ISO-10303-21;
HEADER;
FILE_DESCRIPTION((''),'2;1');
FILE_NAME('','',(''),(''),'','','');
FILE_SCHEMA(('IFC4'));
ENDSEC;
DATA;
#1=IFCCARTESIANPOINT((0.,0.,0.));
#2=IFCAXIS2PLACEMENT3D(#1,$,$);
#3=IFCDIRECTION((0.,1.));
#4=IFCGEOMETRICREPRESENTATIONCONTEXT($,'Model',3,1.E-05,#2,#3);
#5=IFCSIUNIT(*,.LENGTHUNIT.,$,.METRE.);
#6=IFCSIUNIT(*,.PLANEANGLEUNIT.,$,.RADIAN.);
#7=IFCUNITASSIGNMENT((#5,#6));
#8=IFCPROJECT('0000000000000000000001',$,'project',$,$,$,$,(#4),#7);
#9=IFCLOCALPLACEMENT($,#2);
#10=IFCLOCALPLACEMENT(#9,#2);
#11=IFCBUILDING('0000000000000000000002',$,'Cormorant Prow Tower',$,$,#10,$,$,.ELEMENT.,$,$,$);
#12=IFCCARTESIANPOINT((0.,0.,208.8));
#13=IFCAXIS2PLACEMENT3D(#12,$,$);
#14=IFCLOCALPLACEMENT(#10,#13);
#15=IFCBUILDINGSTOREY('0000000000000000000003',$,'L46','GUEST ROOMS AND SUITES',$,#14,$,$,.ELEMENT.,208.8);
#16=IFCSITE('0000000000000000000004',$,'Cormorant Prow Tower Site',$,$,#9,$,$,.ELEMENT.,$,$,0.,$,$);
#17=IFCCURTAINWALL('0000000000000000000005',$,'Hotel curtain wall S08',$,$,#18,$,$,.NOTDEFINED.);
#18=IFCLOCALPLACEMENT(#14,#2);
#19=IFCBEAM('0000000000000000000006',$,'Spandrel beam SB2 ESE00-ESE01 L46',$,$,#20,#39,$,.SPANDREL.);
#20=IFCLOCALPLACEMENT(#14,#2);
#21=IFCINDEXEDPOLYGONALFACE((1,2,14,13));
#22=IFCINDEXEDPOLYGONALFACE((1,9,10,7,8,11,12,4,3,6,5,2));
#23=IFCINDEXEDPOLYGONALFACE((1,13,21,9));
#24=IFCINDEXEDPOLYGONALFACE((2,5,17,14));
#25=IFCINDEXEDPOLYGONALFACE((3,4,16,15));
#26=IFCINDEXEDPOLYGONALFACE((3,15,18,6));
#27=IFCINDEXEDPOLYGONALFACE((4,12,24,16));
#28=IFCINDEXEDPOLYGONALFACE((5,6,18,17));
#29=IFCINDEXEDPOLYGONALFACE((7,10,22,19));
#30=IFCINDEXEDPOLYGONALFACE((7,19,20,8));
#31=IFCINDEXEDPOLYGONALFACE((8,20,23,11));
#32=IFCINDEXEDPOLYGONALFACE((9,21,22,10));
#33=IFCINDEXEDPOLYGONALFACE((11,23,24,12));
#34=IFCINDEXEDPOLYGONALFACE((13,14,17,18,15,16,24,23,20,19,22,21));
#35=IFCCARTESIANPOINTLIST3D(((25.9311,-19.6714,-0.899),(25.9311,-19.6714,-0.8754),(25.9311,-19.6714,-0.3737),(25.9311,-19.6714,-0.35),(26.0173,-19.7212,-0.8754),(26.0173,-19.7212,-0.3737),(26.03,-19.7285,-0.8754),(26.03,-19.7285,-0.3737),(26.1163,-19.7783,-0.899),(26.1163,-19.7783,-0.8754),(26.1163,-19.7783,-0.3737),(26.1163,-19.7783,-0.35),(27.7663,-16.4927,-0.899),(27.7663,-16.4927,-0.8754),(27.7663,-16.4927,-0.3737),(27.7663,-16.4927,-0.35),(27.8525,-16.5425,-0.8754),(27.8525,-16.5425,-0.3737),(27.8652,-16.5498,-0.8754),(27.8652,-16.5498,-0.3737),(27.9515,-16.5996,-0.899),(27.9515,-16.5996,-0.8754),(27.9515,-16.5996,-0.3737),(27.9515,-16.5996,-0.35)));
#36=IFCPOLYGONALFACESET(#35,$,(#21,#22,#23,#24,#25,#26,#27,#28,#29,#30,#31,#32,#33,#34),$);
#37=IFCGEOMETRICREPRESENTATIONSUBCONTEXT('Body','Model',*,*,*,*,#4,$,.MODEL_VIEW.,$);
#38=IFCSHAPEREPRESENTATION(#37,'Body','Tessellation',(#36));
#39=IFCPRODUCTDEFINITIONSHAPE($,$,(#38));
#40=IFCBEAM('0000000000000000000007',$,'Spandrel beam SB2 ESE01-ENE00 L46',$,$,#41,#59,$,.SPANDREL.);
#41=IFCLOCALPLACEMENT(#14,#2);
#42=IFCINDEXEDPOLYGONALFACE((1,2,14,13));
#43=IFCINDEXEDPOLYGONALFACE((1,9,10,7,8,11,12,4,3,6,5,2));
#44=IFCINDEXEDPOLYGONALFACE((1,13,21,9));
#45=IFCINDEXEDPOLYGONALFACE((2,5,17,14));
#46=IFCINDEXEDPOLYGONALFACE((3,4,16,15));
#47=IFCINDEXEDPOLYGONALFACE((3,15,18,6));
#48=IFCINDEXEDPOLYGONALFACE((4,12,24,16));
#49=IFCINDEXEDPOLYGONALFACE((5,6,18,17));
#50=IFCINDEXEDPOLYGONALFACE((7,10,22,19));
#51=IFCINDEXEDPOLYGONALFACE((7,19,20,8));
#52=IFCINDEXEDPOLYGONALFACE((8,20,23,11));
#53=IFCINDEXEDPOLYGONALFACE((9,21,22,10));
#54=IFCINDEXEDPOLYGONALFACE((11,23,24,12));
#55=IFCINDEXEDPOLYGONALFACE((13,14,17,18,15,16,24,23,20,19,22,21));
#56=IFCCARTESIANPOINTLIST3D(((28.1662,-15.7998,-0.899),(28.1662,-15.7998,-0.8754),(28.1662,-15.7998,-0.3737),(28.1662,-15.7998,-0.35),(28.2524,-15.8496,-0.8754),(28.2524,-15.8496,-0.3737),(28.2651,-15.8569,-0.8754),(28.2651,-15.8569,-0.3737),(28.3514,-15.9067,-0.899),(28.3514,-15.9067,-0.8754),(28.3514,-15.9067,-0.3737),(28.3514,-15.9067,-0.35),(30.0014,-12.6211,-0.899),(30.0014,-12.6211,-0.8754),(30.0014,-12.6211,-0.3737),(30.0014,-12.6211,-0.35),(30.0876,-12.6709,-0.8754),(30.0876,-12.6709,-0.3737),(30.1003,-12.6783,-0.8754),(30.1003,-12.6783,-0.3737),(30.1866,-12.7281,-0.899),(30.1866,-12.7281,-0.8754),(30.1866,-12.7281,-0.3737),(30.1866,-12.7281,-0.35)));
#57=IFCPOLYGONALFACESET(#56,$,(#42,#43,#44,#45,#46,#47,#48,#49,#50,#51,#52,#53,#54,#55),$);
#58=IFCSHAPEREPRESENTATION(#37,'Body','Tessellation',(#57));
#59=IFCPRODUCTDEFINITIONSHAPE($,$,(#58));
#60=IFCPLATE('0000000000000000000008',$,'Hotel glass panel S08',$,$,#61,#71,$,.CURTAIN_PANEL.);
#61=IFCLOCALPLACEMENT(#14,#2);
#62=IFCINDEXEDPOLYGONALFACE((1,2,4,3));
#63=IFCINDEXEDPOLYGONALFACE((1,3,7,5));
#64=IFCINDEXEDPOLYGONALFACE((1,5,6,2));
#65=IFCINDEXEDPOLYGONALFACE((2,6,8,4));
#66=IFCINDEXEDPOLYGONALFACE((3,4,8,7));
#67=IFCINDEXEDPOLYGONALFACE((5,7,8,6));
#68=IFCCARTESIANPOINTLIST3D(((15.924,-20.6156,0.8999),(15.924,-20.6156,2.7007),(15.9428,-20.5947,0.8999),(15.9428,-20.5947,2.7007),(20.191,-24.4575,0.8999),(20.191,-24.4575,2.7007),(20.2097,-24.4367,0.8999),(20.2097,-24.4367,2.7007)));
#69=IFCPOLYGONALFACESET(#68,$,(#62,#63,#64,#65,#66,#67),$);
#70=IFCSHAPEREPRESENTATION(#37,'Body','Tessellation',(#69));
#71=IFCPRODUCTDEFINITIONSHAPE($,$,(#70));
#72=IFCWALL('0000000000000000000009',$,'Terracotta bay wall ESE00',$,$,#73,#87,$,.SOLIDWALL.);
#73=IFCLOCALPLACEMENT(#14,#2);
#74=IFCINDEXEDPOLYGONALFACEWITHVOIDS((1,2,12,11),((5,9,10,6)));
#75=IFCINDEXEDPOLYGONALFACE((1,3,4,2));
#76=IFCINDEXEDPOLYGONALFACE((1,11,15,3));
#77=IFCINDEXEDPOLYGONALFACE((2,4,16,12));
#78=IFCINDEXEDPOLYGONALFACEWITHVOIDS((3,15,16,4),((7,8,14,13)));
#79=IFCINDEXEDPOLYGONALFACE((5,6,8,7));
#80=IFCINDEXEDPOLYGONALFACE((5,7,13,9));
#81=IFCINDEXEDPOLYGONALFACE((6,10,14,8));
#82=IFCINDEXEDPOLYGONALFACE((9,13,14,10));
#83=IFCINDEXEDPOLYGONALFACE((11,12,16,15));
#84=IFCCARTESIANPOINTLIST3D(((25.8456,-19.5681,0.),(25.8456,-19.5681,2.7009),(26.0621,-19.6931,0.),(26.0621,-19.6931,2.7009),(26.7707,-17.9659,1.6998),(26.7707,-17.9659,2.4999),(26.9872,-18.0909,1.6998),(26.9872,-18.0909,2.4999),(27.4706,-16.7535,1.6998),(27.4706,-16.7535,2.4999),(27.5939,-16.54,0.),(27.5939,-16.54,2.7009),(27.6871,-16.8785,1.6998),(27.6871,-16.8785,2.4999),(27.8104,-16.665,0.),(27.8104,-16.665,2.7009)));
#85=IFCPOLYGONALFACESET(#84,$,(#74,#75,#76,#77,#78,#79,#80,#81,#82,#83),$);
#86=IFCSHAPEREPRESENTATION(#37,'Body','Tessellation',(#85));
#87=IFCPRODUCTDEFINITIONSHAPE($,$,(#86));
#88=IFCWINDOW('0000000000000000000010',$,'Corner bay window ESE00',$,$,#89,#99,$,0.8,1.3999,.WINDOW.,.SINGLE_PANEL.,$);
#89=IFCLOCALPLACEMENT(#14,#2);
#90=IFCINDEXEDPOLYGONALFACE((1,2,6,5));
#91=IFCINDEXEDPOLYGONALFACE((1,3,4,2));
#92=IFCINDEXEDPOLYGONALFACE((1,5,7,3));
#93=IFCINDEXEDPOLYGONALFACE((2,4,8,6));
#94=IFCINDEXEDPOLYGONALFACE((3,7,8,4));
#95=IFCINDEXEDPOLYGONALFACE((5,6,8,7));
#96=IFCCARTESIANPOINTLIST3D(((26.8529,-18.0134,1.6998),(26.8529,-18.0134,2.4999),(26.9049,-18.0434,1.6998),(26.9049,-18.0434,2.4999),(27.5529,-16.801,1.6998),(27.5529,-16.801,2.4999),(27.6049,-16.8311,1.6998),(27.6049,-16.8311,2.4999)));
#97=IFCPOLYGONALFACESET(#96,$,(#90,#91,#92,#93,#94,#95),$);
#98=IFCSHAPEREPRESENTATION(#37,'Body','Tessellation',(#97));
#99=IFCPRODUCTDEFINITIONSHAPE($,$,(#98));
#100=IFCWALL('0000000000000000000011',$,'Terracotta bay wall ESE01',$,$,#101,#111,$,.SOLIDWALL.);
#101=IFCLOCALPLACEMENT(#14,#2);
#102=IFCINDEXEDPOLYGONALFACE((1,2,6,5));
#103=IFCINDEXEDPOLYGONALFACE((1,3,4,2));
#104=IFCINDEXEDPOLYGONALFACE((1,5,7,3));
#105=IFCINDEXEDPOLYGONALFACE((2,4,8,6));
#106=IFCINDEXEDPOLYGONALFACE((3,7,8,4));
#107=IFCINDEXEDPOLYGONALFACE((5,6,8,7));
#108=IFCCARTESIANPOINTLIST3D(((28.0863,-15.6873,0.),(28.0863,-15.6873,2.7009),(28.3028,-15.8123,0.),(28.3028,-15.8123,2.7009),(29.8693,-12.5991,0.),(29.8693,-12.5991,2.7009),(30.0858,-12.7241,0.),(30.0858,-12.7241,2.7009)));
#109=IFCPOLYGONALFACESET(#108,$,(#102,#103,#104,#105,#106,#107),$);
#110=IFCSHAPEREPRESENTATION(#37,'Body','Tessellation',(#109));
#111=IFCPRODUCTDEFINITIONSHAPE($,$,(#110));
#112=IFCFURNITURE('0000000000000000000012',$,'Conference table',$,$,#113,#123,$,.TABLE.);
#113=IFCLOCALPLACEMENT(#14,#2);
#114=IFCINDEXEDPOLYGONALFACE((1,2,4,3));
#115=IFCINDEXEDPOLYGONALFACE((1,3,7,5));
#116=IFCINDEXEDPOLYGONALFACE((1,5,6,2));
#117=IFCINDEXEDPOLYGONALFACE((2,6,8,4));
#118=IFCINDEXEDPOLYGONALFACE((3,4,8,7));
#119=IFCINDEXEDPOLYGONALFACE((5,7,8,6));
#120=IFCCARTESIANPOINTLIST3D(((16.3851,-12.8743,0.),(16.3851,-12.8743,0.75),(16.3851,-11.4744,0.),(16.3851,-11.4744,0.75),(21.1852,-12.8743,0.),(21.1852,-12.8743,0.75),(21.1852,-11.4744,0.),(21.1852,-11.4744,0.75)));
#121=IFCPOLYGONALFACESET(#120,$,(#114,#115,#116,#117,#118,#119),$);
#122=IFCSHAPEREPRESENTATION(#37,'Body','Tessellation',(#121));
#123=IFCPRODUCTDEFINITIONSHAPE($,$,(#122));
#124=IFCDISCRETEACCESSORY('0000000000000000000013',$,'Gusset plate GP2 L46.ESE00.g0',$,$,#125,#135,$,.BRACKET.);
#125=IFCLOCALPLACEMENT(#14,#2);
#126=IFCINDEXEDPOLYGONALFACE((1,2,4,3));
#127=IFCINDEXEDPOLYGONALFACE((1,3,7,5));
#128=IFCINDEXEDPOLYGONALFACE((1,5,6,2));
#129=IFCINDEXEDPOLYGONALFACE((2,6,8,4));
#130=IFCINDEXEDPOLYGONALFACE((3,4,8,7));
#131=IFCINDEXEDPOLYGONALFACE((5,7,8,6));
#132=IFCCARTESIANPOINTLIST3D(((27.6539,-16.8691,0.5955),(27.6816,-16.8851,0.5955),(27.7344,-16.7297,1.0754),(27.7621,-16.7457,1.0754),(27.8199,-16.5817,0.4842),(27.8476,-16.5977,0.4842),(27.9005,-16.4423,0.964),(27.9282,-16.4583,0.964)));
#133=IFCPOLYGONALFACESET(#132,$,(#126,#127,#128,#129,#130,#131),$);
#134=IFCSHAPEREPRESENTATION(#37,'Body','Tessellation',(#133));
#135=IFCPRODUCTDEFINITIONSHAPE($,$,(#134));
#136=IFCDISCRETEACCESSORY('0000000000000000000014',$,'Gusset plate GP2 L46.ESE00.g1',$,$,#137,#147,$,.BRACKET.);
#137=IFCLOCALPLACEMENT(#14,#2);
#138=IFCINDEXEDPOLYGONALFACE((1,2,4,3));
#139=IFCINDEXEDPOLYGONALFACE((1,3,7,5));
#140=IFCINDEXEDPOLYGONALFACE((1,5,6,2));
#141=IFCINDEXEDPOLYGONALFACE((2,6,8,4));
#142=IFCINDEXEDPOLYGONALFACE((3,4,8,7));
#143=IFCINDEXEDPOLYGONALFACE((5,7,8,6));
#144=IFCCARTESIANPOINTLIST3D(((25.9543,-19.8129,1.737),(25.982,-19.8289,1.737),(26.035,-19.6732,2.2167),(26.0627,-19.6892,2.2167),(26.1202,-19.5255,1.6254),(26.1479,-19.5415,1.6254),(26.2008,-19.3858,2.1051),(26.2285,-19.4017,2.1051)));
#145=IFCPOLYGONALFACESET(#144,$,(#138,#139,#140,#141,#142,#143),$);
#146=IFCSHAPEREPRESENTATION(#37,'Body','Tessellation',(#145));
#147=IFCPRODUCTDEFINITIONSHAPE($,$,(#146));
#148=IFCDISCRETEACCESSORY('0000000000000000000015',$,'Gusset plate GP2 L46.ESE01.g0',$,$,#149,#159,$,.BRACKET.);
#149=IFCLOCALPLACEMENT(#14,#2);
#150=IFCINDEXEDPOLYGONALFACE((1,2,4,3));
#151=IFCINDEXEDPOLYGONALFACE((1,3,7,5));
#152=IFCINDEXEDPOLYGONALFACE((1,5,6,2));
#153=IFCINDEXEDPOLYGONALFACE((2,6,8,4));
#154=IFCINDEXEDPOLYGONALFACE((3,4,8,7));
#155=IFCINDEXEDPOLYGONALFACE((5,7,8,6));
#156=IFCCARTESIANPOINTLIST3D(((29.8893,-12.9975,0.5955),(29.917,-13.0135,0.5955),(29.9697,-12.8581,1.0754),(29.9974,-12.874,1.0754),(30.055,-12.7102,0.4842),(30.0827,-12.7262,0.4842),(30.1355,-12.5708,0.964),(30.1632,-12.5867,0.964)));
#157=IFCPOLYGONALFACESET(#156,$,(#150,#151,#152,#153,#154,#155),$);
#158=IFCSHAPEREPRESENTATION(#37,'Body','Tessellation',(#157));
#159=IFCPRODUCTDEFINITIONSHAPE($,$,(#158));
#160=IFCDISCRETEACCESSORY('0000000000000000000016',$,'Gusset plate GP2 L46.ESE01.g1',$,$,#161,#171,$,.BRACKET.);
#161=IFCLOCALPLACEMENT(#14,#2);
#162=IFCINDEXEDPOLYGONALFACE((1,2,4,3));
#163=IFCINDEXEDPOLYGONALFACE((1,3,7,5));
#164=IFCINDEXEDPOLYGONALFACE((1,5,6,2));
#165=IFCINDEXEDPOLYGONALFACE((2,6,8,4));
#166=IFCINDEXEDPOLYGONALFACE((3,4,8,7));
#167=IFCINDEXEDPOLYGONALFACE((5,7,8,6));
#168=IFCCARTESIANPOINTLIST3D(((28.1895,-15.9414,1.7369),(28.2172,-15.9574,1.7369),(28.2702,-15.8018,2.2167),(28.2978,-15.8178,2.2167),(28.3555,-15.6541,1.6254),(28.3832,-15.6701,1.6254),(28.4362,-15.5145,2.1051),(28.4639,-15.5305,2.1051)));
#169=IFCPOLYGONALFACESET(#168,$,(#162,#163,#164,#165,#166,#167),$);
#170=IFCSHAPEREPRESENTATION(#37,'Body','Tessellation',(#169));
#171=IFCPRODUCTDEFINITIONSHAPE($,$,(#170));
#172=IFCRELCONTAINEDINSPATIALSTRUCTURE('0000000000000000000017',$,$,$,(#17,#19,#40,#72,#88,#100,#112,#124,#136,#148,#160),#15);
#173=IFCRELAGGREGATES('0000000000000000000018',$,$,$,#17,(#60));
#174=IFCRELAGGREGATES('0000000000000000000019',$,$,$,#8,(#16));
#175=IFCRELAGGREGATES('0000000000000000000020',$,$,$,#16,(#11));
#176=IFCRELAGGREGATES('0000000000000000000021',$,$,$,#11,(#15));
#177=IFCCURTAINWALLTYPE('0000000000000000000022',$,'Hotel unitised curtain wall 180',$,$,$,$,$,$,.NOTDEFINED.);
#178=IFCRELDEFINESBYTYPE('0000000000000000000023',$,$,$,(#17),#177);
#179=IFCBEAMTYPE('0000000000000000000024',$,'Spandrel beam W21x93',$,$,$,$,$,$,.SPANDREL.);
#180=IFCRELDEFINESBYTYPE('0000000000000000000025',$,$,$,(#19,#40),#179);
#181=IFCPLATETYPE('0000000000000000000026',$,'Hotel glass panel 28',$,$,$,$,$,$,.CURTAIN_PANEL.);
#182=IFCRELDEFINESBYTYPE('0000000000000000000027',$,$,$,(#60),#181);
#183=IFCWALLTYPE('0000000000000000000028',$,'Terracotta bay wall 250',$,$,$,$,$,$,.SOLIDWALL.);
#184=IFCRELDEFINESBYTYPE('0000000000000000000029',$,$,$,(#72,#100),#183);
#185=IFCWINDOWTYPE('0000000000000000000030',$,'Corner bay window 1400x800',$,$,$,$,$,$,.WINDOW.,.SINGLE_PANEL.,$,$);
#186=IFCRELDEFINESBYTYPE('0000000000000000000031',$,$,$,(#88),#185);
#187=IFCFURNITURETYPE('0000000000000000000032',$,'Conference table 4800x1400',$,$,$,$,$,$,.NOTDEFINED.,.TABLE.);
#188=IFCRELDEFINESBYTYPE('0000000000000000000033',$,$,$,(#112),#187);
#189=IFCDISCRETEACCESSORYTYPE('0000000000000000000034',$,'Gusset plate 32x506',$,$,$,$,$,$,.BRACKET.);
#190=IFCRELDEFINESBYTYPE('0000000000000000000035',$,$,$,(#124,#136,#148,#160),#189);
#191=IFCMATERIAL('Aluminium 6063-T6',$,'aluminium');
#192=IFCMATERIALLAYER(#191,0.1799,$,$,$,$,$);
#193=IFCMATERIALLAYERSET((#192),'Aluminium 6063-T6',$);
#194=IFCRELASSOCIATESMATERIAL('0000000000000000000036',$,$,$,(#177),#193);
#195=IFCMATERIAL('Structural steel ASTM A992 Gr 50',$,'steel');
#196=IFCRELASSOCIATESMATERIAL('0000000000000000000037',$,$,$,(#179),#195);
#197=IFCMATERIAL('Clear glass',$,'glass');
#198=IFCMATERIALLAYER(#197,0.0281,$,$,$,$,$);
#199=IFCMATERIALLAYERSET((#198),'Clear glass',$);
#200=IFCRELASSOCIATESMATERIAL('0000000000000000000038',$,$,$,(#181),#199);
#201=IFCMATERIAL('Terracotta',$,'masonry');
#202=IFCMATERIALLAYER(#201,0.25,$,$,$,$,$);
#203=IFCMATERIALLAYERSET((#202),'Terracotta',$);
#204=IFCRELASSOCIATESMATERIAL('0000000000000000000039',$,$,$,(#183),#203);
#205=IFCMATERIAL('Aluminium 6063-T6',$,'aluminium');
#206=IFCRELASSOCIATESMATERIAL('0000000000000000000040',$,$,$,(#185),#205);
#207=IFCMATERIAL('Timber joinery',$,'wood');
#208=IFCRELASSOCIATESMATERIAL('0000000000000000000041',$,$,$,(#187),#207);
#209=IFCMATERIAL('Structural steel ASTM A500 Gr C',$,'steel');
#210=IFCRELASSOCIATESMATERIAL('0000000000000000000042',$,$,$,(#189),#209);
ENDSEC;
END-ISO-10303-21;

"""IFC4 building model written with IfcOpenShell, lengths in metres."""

from ifc_helpers import new_model, si_unit, direction, frame, frame_2d, origin, origin_2d, place, context, subcontext, project, spatial, rectangle, i_section, extrude, material, layer, layer_set, material_profile, profile_set, type_object, element, fill, aggregate, save


model = new_model("IFC4")

# Units and contexts
model_context = context("Model", 3, precision=1e-05, world=origin(), true_north=direction((0.0, 1.0)))
body_context = subcontext(model_context, "Body", "Model", "MODEL_VIEW")
ifc_project = project(units=[si_unit("LENGTHUNIT", "METRE"), si_unit("PLANEANGLEUNIT", "RADIAN")], contexts=[model_context])

# Site, building, storey
site_placement = place(None, origin())
site = spatial("IfcSite", under=ifc_project, at=site_placement, Name="Cormorant Prow Tower Site", CompositionType="ELEMENT", RefElevation=0.0)
building_placement = place(site_placement, origin())
building = spatial("IfcBuilding", under=site, at=building_placement, Name="Cormorant Prow Tower", CompositionType="ELEMENT")
storey_placement = place(building_placement, frame((0.0, 0.0, 208.8)))
storey = spatial("IfcBuildingStorey", under=building, at=storey_placement, Name="L46", Description="GUEST ROOMS AND SUITES", CompositionType="ELEMENT", Elevation=208.8)

# Curtain wall
ifc_material_1 = material(Name="Aluminium 6063-T6", Category="aluminium")
ifc_layer_1 = layer(ifc_material_1, 0.1799)
ifc_layer_set_1 = layer_set([ifc_layer_1], Name="Aluminium 6063-T6")
curtain_wall_type = type_object("IfcCurtainWallType", Name="Hotel unitised curtain wall 180", PredefinedType="NOTDEFINED", material=ifc_layer_set_1)
curtain_wall_placement = place(storey_placement, origin())
curtain_wall = element("IfcCurtainWall", 1, at=curtain_wall_placement, inside=storey, type_object=curtain_wall_type, Name="Hotel curtain wall S08", PredefinedType="NOTDEFINED")

# Beams
ifc_material_2 = material(Name="Structural steel ASTM A992 Gr 50", Category="steel")
ifc_material_profile_1 = material_profile(ifc_material_2, i_section(OverallWidth=0.2139, OverallDepth=0.5491, WebThickness=0.0146, FlangeThickness=0.0237, at=origin_2d()), Name="W21x93")
ifc_profile_set_1 = profile_set([ifc_material_profile_1], Name="Structural steel ASTM A992 Gr 50")
beam_type = type_object("IfcBeamType", Name="Spandrel beam W21x93", PredefinedType="SPANDREL", material=ifc_profile_set_1)
for number, where, z_axis, x_axis, name in (
    (2, (26.0237, -19.7249, -0.6245), (0.499995, 0.866028, 0.0), (-0.866028, 0.499995, 0.0), "Spandrel beam SB2 ESE00-ESE01 L46"),
    (3, (28.2588, -15.8533, -0.6245), (0.499995, 0.866028, 0.0), (-0.866028, 0.499995, 0.0), "Spandrel beam SB2 ESE01-ENE00 L46"),
):
    element("IfcBeam", number, at=place(storey_placement, frame(where, z_axis=z_axis, x_axis=x_axis)), inside=storey, type_object=beam_type, Name=name, PredefinedType="SPANDREL", context=body_context, shape_type="SweptSolid", body=[
        extrude(i_section(OverallWidth=0.2139, OverallDepth=0.5491, WebThickness=0.0146, FlangeThickness=0.0237, at=origin_2d()), origin(), (0.0, 0.0, 1.0), 3.6704),
    ])

# Plate
ifc_material_3 = material(Name="Clear glass", Category="glass")
ifc_layer_2 = layer(ifc_material_3, 0.0281)
ifc_layer_set_2 = layer_set([ifc_layer_2], Name="Clear glass")
plate_type = type_object("IfcPlateType", Name="Hotel glass panel 28", PredefinedType="CURTAIN_PANEL", material=ifc_layer_set_2)
plate_placement = place(storey_placement, frame((18.0669, -22.5261, 0.8999), z_axis=(0.0, 0.0, 1.0), x_axis=(0.743145, -0.669131, 0.0)))
plate = element("IfcPlate", 4, at=plate_placement, type_object=plate_type, Name="Hotel glass panel S08", PredefinedType="CURTAIN_PANEL", context=body_context, shape_type="SweptSolid", body=[
    extrude(rectangle(XDim=5.7417, YDim=0.0281, at=origin_2d()), origin(), (0.0, 0.0, 1.0), 1.8008),
])
aggregate(curtain_wall, [plate])

# Wall, opening, window
ifc_material_4 = material(Name="Terracotta", Category="masonry")
ifc_layer_3 = layer(ifc_material_4, 0.25)
ifc_layer_set_3 = layer_set([ifc_layer_3], Name="Terracotta")
wall_type_1 = type_object("IfcWallType", Name="Terracotta bay wall 250", PredefinedType="SOLIDWALL", material=ifc_layer_set_3)
wall_1_placement = place(storey_placement, frame((25.9539, -19.6306, 0.0), z_axis=(0.0, 0.0, 1.0), x_axis=(0.500007, 0.866022, 0.0)))
wall_1 = element("IfcWall", 5, at=wall_1_placement, inside=storey, type_object=wall_type_1, Name="Terracotta bay wall ESE00", PredefinedType="SOLIDWALL", context=body_context, shape_type="SweptSolid", body=[
    extrude(rectangle(XDim=3.4966, YDim=0.25, at=frame_2d((1.7483, 0.0))), origin(), (0.0, 0.0, 1.0), 2.7009),
])
opening_1_placement = place(wall_1_placement, frame((1.8501, 0.0, 1.7)))
opening_1 = element("IfcOpeningElement", 6, at=opening_1_placement, cuts=wall_1, PredefinedType="OPENING", context=body_context, shape_type="SweptSolid", body=[
    extrude(rectangle(XDim=1.3999, YDim=0.8, at=frame_2d((0.7, 0.3999))), frame((0.0, 0.135, 0.0), z_axis=(0.0, -1.0, 0.0), x_axis=(1.0, 0.0, 0.0)), (0.0, 0.0, 1.0), 0.27),
])
ifc_material_5 = material(Name="Aluminium 6063-T6", Category="aluminium")
window_type = type_object("IfcWindowType", Name="Corner bay window 1400x800", PartitioningType="SINGLE_PANEL", PredefinedType="WINDOW", material=ifc_material_5)
window_placement = place(opening_1_placement, origin())
window = element("IfcWindow", 7, at=window_placement, inside=storey, type_object=window_type, Name="Corner bay window ESE00", OverallHeight=0.8, OverallWidth=1.3999, PartitioningType="SINGLE_PANEL", PredefinedType="WINDOW", context=body_context, shape_type="SweptSolid", body=[
    extrude(rectangle(XDim=1.3999, YDim=0.8, at=frame_2d((0.7, 0.3999))), frame((0.0, 0.03, 0.0), z_axis=(0.0, -1.0, 0.0), x_axis=(1.0, 0.0, 0.0)), (0.0, 0.0, 1.0), 0.0601),
])
fill(opening_1, window)

# Wall
wall_2_placement = place(storey_placement, frame((28.1946, -15.7498, 0.0), z_axis=(0.0, 0.0, 1.0), x_axis=(0.500005, 0.866023, 0.0)))
element("IfcWall", 8, at=wall_2_placement, inside=storey, type_object=wall_type_1, Name="Terracotta bay wall ESE01", PredefinedType="SOLIDWALL", context=body_context, shape_type="SweptSolid", body=[
    extrude(rectangle(XDim=3.5659, YDim=0.25, at=frame_2d((1.783, 0.0))), origin(), (0.0, 0.0, 1.0), 2.7009),
])

# Furniture
ifc_material_6 = material(Name="Timber joinery", Category="wood")
furniture_type = type_object("IfcFurnitureType", Name="Conference table 4800x1400", AssemblyPlace="NOTDEFINED", PredefinedType="TABLE", material=ifc_material_6)
furniture_placement = place(storey_placement, frame((18.7852, -12.1743, 0.0), z_axis=(0.0, 0.0, 1.0), x_axis=(1.0, 0.0, 0.0)))
element("IfcFurniture", 9, at=furniture_placement, inside=storey, type_object=furniture_type, Name="Conference table", PredefinedType="TABLE", context=body_context, shape_type="SweptSolid", body=[
    extrude(rectangle(XDim=4.8, YDim=1.3999, at=origin_2d()), origin(), (0.0, 0.0, 1.0), 0.75),
])

# Discrete accessories
ifc_material_7 = material(Name="Structural steel ASTM A500 Gr C", Category="steel")
ifc_material_profile_2 = material_profile(ifc_material_7, rectangle(XDim=0.032, YDim=0.5061, at=origin_2d()), Name="Gusset plate 32x506")
ifc_profile_set_2 = profile_set([ifc_material_profile_2], Name="Structural steel ASTM A500 Gr C")
discrete_accessory_type = type_object("IfcDiscreteAccessoryType", Name="Gusset plate 32x506", PredefinedType="BRACKET", material=ifc_profile_set_2)
for number, where, z_axis, x_axis, name in (
    (10, (27.708, -16.8074, 0.8354), (0.474278, 0.820919, -0.318045), (-0.865879, 0.500253, 0.0), "Gusset plate GP2 L46.ESE00.g0"),
    (11, (26.1743, -19.4636, 1.8652), (-0.473632, -0.821008, 0.318777), (0.866198, -0.499701, 0.0), "Gusset plate GP2 L46.ESE00.g1"),
):
    element("IfcDiscreteAccessory", number, at=place(storey_placement, frame(where, z_axis=z_axis, x_axis=x_axis)), inside=storey, type_object=discrete_accessory_type, Name=name, PredefinedType="BRACKET", context=body_context, shape_type="SweptSolid", body=[
        extrude(rectangle(XDim=0.032, YDim=0.5061, at=origin_2d()), origin(), (0.0, 0.0, 1.0), 0.3501),
    ])
discrete_accessory_1_placement = place(storey_placement, frame((29.9434, -12.9358, 0.8354), z_axis=(0.473737, 0.82119, -0.31815), x_axis=(-0.866198, 0.499701, 0.0)))
element("IfcDiscreteAccessory", 12, at=discrete_accessory_1_placement, inside=storey, type_object=discrete_accessory_type, Name="Gusset plate GP2 L46.ESE01.g0", PredefinedType="BRACKET", context=body_context, shape_type="SweptSolid", body=[
    extrude(rectangle(XDim=0.032, YDim=0.5061, at=origin_2d()), origin(), (0.0, 0.0, 1.0), 0.3499),
])
discrete_accessory_2_placement = place(storey_placement, frame((28.4097, -15.5923, 1.8652), z_axis=(-0.474172, -0.820737, 0.318672), x_axis=(0.865879, -0.500253, 0.0)))
element("IfcDiscreteAccessory", 13, at=discrete_accessory_2_placement, inside=storey, type_object=discrete_accessory_type, Name="Gusset plate GP2 L46.ESE01.g1", PredefinedType="BRACKET", context=body_context, shape_type="SweptSolid", body=[
    extrude(rectangle(XDim=0.032, YDim=0.5061, at=origin_2d()), origin(), (0.0, 0.0, 1.0), 0.3501),
])

save(model, "model.ifc")
